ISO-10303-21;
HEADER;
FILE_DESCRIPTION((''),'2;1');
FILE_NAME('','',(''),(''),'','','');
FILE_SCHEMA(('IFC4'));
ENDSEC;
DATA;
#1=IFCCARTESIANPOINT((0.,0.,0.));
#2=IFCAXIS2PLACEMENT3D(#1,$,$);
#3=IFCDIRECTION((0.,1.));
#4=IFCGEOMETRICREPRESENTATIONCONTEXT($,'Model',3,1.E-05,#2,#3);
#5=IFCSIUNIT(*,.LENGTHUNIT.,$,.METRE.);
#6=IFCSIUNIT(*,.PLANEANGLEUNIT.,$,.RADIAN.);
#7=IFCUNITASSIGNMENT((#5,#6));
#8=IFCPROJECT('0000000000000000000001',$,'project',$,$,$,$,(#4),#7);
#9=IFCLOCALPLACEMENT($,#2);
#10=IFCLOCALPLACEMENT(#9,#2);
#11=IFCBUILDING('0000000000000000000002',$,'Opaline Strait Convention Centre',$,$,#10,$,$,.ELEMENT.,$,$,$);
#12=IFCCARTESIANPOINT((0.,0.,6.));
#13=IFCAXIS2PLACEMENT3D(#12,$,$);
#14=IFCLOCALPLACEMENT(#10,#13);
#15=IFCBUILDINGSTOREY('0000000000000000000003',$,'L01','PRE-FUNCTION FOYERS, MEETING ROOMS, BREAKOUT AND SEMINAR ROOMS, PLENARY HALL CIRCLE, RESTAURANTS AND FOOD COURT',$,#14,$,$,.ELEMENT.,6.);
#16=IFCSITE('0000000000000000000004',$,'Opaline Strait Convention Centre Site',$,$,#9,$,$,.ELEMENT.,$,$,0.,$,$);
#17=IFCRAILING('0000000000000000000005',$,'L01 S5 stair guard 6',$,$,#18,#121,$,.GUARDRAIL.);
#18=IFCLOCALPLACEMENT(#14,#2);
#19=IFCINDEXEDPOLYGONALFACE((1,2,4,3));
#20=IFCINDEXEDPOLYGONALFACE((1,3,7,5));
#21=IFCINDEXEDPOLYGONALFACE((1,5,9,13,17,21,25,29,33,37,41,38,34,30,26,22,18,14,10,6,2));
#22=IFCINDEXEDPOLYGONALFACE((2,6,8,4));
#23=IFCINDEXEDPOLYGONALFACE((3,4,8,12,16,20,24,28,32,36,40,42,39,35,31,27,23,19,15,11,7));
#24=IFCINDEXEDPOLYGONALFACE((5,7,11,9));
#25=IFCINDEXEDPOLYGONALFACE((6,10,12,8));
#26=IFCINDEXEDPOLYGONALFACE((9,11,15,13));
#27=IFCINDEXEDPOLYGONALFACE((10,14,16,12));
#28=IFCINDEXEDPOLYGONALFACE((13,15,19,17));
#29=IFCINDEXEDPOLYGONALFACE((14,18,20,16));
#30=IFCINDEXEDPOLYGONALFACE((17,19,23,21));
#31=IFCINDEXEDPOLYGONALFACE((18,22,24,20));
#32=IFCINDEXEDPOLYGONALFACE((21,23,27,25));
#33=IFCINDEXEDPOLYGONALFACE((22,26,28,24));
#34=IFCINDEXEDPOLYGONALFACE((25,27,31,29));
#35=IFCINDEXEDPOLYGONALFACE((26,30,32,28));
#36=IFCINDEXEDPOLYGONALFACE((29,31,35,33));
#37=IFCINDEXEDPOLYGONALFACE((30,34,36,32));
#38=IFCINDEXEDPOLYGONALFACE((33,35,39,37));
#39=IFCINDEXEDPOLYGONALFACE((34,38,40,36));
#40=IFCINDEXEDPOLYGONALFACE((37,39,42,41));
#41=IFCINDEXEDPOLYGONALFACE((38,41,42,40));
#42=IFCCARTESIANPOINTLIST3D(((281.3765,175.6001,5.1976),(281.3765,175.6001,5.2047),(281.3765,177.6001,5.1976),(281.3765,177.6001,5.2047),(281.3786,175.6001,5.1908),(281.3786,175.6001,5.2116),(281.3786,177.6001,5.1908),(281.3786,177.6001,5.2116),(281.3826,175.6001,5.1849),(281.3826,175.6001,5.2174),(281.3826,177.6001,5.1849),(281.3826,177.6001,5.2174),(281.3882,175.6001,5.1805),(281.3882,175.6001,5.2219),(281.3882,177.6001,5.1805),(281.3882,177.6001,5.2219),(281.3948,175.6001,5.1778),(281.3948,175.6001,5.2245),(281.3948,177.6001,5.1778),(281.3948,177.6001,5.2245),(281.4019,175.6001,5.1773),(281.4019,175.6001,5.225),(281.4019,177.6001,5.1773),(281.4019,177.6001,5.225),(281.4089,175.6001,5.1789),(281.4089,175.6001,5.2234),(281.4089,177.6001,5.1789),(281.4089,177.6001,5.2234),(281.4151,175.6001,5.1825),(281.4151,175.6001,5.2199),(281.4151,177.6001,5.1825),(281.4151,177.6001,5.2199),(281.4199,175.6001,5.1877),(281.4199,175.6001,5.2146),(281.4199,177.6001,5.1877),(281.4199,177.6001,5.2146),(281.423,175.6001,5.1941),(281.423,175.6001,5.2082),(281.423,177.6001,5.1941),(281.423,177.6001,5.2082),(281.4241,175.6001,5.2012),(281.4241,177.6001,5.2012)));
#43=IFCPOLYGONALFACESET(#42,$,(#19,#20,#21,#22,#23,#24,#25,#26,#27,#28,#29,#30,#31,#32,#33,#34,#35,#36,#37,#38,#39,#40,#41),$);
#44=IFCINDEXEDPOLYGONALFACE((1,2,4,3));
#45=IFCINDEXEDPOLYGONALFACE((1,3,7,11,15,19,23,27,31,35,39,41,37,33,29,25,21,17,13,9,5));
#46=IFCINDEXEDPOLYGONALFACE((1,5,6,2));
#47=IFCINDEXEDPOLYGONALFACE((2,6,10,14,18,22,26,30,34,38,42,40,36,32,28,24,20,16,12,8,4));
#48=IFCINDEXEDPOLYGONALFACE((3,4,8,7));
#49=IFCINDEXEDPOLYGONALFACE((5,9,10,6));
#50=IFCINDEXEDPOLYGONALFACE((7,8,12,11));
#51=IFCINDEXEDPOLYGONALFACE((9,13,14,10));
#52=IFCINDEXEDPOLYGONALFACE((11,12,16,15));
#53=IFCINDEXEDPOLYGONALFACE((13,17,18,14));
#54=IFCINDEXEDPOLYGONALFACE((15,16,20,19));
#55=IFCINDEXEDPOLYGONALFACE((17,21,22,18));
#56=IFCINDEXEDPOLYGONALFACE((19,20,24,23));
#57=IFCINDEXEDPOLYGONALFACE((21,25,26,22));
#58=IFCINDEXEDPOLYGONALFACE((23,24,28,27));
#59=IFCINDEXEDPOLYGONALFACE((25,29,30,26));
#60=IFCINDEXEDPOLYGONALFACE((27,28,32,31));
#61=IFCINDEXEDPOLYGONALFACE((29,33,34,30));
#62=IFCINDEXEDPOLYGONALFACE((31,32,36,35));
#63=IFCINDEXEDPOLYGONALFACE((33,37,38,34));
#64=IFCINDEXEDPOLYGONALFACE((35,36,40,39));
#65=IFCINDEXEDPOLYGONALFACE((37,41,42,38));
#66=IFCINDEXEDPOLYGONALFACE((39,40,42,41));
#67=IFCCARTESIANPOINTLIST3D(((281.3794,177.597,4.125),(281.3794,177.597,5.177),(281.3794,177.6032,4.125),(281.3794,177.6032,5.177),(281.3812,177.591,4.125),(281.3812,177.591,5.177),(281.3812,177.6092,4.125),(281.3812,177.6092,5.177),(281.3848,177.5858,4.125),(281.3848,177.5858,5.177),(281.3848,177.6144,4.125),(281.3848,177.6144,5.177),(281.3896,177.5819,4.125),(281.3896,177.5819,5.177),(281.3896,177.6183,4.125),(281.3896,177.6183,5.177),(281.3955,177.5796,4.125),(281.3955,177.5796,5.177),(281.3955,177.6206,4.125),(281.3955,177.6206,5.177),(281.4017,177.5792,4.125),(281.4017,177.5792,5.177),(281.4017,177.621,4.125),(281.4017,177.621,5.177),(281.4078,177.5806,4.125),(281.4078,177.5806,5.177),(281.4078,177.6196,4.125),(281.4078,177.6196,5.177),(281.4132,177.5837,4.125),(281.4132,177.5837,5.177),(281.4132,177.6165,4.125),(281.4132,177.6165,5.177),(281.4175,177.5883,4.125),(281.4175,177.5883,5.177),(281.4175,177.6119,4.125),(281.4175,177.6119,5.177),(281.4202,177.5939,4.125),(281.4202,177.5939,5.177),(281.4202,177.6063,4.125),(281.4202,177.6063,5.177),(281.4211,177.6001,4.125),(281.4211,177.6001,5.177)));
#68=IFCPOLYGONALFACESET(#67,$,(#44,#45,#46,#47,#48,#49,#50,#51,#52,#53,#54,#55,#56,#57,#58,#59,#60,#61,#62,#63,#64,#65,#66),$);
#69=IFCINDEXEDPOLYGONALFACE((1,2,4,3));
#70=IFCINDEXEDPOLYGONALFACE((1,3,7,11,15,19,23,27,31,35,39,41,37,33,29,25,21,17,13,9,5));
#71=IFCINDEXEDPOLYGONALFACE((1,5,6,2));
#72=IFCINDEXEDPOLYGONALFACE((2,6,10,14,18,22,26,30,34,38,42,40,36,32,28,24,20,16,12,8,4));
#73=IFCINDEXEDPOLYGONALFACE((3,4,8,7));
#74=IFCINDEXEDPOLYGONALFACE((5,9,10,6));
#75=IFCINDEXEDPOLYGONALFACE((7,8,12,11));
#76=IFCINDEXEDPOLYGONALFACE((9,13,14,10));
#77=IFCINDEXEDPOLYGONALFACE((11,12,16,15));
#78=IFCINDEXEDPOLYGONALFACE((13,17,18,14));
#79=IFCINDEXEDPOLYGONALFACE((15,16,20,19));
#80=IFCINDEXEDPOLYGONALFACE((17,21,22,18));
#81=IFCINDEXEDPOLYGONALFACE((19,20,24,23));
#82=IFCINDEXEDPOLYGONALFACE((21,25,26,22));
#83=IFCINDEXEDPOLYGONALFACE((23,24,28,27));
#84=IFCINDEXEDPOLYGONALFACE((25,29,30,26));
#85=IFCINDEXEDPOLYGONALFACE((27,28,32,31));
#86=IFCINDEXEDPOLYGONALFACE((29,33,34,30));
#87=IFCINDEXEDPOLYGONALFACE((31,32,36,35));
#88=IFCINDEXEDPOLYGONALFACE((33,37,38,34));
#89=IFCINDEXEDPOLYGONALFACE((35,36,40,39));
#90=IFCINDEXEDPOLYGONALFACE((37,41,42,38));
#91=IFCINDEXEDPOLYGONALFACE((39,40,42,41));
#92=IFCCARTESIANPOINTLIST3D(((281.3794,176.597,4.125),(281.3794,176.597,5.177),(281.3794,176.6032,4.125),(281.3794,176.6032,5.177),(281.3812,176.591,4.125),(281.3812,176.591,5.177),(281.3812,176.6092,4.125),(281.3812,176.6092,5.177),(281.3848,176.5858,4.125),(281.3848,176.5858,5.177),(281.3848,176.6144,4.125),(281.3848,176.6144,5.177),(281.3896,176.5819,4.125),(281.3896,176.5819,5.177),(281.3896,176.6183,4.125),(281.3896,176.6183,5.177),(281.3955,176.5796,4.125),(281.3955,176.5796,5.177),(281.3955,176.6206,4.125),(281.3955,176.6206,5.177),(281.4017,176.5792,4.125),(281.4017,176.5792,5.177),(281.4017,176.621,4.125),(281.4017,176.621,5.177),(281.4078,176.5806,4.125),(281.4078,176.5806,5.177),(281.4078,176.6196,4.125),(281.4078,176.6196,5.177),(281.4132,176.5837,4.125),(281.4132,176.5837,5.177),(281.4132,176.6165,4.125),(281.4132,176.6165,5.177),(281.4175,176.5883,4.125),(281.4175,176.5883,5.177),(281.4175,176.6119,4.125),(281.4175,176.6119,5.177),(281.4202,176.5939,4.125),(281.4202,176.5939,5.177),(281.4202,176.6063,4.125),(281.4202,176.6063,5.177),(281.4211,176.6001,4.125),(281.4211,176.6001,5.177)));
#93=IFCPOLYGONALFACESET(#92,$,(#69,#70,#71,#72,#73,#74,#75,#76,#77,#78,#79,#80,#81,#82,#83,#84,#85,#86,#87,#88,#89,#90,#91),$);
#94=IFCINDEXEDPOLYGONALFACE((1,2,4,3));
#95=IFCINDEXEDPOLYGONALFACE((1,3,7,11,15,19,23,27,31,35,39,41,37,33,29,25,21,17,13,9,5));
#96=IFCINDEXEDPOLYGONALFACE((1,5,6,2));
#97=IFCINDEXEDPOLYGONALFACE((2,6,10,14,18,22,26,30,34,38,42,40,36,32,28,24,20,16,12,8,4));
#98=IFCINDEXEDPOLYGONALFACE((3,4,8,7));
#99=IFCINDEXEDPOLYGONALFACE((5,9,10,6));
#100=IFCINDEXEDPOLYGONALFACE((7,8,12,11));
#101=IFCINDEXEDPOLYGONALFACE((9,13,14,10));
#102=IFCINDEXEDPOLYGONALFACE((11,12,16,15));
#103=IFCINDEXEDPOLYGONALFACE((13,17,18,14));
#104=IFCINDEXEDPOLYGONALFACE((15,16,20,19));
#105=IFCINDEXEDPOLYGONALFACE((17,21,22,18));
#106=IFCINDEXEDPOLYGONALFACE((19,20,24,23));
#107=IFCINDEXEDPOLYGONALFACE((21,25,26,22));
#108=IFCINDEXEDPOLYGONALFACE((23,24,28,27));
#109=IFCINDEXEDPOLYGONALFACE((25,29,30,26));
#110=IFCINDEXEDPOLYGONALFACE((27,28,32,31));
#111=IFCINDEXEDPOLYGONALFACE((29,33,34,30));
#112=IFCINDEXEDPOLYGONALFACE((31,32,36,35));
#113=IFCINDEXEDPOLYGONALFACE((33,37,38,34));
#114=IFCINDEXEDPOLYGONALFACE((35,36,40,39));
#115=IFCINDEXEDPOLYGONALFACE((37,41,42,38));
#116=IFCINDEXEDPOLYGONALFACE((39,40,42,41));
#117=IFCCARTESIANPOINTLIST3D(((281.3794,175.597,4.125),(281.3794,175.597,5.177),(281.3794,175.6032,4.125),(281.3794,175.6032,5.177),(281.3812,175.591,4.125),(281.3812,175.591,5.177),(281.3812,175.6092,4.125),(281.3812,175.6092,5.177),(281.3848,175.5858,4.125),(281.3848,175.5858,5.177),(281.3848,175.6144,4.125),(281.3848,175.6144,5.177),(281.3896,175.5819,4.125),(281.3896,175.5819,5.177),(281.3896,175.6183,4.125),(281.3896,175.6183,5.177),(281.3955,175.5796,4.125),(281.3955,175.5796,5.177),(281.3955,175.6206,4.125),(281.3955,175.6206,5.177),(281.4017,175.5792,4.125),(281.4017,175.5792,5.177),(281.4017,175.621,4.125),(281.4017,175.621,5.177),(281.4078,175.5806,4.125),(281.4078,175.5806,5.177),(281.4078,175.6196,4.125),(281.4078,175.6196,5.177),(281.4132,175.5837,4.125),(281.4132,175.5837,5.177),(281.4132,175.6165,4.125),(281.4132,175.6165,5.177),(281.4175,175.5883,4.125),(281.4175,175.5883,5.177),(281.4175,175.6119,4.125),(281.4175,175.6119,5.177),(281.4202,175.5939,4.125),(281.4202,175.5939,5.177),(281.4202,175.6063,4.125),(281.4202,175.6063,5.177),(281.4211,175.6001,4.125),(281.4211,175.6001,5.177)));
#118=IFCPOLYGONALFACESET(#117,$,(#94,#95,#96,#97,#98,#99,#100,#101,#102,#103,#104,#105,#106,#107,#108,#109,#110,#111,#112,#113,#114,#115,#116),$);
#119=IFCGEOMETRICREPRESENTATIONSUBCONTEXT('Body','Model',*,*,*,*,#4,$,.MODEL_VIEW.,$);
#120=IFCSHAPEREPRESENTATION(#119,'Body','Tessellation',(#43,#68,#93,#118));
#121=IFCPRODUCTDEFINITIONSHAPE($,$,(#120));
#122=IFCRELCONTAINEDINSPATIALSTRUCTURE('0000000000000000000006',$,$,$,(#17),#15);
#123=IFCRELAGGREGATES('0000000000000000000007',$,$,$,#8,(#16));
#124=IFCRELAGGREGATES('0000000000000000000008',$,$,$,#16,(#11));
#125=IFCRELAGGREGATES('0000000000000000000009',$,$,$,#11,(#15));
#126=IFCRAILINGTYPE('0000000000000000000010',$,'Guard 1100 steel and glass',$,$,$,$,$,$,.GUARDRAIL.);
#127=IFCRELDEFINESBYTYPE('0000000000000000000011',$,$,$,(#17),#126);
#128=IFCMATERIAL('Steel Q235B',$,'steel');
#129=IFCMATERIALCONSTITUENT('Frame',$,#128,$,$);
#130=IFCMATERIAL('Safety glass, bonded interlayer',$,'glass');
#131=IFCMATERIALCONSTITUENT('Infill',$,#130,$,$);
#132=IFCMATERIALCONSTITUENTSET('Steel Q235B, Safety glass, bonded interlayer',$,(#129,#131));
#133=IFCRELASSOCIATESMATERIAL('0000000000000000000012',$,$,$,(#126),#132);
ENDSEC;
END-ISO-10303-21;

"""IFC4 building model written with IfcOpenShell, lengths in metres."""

from ifc_helpers import new_model, si_unit, direction, frame, origin, origin_2d, place, context, subcontext, project, spatial, circle, extrude, material, constituent, constituent_set, type_object, element, save


model = new_model("IFC4")

# Units and contexts
model_context = context("Model", 3, precision=1e-05, world=origin(), true_north=direction((0.0, 1.0)))
body_context = subcontext(model_context, "Body", "Model", "MODEL_VIEW")
ifc_project = project(units=[si_unit("LENGTHUNIT", "METRE"), si_unit("PLANEANGLEUNIT", "RADIAN")], contexts=[model_context])

# Site, building, storey
site_placement = place(None, origin())
site = spatial("IfcSite", under=ifc_project, at=site_placement, Name="Opaline Strait Convention Centre Site", CompositionType="ELEMENT", RefElevation=0.0)
building_placement = place(site_placement, origin())
building = spatial("IfcBuilding", under=site, at=building_placement, Name="Opaline Strait Convention Centre", CompositionType="ELEMENT")
storey_placement = place(building_placement, frame((0.0, 0.0, 6.0)))
storey = spatial("IfcBuildingStorey", under=building, at=storey_placement, Name="L01", Description="PRE-FUNCTION FOYERS, MEETING ROOMS, BREAKOUT AND SEMINAR ROOMS, PLENARY HALL CIRCLE, RESTAURANTS AND FOOD COURT", CompositionType="ELEMENT", Elevation=6.0)

# Railing
ifc_material_1 = material(Name="Steel Q235B", Category="steel")
ifc_constituent_1 = constituent(ifc_material_1, Name="Frame")
ifc_material_2 = material(Name="Safety glass, bonded interlayer", Category="glass")
ifc_constituent_2 = constituent(ifc_material_2, Name="Infill")
ifc_constituent_set = constituent_set(constituents=[ifc_constituent_1, ifc_constituent_2], Name="Steel Q235B, Safety glass, bonded interlayer")
railing_type = type_object("IfcRailingType", Name="Guard 1100 steel and glass", PredefinedType="GUARDRAIL", material=ifc_constituent_set)
railing_1_placement = place(storey_placement, frame((281.4001, 177.6001, 4.125)))
element("IfcRailing", 1, at=railing_1_placement, inside=storey, type_object=railing_type, Name="L01 S5 stair guard 6", PredefinedType="GUARDRAIL", context=body_context, shape_type="SweptSolid", body=[
    extrude(circle(Radius=0.0239, at=origin_2d()), frame((0.0, 0.0, 1.0762), z_axis=(0.0, -1.0, 0.0), x_axis=(1.0, 0.0, 0.0)), (0.0, 0.0, 1.0), 2.0),
    extrude(circle(Radius=0.021, at=origin_2d()), origin(), (0.0, 0.0, 1.0), 1.052),
    extrude(circle(Radius=0.021, at=origin_2d()), frame((0.0, -1.0, 0.0)), (0.0, 0.0, 1.0), 1.052),
    extrude(circle(Radius=0.021, at=origin_2d()), frame((0.0, -2.0, 0.0)), (0.0, 0.0, 1.0), 1.052),
])

save(model, "model.ifc")
